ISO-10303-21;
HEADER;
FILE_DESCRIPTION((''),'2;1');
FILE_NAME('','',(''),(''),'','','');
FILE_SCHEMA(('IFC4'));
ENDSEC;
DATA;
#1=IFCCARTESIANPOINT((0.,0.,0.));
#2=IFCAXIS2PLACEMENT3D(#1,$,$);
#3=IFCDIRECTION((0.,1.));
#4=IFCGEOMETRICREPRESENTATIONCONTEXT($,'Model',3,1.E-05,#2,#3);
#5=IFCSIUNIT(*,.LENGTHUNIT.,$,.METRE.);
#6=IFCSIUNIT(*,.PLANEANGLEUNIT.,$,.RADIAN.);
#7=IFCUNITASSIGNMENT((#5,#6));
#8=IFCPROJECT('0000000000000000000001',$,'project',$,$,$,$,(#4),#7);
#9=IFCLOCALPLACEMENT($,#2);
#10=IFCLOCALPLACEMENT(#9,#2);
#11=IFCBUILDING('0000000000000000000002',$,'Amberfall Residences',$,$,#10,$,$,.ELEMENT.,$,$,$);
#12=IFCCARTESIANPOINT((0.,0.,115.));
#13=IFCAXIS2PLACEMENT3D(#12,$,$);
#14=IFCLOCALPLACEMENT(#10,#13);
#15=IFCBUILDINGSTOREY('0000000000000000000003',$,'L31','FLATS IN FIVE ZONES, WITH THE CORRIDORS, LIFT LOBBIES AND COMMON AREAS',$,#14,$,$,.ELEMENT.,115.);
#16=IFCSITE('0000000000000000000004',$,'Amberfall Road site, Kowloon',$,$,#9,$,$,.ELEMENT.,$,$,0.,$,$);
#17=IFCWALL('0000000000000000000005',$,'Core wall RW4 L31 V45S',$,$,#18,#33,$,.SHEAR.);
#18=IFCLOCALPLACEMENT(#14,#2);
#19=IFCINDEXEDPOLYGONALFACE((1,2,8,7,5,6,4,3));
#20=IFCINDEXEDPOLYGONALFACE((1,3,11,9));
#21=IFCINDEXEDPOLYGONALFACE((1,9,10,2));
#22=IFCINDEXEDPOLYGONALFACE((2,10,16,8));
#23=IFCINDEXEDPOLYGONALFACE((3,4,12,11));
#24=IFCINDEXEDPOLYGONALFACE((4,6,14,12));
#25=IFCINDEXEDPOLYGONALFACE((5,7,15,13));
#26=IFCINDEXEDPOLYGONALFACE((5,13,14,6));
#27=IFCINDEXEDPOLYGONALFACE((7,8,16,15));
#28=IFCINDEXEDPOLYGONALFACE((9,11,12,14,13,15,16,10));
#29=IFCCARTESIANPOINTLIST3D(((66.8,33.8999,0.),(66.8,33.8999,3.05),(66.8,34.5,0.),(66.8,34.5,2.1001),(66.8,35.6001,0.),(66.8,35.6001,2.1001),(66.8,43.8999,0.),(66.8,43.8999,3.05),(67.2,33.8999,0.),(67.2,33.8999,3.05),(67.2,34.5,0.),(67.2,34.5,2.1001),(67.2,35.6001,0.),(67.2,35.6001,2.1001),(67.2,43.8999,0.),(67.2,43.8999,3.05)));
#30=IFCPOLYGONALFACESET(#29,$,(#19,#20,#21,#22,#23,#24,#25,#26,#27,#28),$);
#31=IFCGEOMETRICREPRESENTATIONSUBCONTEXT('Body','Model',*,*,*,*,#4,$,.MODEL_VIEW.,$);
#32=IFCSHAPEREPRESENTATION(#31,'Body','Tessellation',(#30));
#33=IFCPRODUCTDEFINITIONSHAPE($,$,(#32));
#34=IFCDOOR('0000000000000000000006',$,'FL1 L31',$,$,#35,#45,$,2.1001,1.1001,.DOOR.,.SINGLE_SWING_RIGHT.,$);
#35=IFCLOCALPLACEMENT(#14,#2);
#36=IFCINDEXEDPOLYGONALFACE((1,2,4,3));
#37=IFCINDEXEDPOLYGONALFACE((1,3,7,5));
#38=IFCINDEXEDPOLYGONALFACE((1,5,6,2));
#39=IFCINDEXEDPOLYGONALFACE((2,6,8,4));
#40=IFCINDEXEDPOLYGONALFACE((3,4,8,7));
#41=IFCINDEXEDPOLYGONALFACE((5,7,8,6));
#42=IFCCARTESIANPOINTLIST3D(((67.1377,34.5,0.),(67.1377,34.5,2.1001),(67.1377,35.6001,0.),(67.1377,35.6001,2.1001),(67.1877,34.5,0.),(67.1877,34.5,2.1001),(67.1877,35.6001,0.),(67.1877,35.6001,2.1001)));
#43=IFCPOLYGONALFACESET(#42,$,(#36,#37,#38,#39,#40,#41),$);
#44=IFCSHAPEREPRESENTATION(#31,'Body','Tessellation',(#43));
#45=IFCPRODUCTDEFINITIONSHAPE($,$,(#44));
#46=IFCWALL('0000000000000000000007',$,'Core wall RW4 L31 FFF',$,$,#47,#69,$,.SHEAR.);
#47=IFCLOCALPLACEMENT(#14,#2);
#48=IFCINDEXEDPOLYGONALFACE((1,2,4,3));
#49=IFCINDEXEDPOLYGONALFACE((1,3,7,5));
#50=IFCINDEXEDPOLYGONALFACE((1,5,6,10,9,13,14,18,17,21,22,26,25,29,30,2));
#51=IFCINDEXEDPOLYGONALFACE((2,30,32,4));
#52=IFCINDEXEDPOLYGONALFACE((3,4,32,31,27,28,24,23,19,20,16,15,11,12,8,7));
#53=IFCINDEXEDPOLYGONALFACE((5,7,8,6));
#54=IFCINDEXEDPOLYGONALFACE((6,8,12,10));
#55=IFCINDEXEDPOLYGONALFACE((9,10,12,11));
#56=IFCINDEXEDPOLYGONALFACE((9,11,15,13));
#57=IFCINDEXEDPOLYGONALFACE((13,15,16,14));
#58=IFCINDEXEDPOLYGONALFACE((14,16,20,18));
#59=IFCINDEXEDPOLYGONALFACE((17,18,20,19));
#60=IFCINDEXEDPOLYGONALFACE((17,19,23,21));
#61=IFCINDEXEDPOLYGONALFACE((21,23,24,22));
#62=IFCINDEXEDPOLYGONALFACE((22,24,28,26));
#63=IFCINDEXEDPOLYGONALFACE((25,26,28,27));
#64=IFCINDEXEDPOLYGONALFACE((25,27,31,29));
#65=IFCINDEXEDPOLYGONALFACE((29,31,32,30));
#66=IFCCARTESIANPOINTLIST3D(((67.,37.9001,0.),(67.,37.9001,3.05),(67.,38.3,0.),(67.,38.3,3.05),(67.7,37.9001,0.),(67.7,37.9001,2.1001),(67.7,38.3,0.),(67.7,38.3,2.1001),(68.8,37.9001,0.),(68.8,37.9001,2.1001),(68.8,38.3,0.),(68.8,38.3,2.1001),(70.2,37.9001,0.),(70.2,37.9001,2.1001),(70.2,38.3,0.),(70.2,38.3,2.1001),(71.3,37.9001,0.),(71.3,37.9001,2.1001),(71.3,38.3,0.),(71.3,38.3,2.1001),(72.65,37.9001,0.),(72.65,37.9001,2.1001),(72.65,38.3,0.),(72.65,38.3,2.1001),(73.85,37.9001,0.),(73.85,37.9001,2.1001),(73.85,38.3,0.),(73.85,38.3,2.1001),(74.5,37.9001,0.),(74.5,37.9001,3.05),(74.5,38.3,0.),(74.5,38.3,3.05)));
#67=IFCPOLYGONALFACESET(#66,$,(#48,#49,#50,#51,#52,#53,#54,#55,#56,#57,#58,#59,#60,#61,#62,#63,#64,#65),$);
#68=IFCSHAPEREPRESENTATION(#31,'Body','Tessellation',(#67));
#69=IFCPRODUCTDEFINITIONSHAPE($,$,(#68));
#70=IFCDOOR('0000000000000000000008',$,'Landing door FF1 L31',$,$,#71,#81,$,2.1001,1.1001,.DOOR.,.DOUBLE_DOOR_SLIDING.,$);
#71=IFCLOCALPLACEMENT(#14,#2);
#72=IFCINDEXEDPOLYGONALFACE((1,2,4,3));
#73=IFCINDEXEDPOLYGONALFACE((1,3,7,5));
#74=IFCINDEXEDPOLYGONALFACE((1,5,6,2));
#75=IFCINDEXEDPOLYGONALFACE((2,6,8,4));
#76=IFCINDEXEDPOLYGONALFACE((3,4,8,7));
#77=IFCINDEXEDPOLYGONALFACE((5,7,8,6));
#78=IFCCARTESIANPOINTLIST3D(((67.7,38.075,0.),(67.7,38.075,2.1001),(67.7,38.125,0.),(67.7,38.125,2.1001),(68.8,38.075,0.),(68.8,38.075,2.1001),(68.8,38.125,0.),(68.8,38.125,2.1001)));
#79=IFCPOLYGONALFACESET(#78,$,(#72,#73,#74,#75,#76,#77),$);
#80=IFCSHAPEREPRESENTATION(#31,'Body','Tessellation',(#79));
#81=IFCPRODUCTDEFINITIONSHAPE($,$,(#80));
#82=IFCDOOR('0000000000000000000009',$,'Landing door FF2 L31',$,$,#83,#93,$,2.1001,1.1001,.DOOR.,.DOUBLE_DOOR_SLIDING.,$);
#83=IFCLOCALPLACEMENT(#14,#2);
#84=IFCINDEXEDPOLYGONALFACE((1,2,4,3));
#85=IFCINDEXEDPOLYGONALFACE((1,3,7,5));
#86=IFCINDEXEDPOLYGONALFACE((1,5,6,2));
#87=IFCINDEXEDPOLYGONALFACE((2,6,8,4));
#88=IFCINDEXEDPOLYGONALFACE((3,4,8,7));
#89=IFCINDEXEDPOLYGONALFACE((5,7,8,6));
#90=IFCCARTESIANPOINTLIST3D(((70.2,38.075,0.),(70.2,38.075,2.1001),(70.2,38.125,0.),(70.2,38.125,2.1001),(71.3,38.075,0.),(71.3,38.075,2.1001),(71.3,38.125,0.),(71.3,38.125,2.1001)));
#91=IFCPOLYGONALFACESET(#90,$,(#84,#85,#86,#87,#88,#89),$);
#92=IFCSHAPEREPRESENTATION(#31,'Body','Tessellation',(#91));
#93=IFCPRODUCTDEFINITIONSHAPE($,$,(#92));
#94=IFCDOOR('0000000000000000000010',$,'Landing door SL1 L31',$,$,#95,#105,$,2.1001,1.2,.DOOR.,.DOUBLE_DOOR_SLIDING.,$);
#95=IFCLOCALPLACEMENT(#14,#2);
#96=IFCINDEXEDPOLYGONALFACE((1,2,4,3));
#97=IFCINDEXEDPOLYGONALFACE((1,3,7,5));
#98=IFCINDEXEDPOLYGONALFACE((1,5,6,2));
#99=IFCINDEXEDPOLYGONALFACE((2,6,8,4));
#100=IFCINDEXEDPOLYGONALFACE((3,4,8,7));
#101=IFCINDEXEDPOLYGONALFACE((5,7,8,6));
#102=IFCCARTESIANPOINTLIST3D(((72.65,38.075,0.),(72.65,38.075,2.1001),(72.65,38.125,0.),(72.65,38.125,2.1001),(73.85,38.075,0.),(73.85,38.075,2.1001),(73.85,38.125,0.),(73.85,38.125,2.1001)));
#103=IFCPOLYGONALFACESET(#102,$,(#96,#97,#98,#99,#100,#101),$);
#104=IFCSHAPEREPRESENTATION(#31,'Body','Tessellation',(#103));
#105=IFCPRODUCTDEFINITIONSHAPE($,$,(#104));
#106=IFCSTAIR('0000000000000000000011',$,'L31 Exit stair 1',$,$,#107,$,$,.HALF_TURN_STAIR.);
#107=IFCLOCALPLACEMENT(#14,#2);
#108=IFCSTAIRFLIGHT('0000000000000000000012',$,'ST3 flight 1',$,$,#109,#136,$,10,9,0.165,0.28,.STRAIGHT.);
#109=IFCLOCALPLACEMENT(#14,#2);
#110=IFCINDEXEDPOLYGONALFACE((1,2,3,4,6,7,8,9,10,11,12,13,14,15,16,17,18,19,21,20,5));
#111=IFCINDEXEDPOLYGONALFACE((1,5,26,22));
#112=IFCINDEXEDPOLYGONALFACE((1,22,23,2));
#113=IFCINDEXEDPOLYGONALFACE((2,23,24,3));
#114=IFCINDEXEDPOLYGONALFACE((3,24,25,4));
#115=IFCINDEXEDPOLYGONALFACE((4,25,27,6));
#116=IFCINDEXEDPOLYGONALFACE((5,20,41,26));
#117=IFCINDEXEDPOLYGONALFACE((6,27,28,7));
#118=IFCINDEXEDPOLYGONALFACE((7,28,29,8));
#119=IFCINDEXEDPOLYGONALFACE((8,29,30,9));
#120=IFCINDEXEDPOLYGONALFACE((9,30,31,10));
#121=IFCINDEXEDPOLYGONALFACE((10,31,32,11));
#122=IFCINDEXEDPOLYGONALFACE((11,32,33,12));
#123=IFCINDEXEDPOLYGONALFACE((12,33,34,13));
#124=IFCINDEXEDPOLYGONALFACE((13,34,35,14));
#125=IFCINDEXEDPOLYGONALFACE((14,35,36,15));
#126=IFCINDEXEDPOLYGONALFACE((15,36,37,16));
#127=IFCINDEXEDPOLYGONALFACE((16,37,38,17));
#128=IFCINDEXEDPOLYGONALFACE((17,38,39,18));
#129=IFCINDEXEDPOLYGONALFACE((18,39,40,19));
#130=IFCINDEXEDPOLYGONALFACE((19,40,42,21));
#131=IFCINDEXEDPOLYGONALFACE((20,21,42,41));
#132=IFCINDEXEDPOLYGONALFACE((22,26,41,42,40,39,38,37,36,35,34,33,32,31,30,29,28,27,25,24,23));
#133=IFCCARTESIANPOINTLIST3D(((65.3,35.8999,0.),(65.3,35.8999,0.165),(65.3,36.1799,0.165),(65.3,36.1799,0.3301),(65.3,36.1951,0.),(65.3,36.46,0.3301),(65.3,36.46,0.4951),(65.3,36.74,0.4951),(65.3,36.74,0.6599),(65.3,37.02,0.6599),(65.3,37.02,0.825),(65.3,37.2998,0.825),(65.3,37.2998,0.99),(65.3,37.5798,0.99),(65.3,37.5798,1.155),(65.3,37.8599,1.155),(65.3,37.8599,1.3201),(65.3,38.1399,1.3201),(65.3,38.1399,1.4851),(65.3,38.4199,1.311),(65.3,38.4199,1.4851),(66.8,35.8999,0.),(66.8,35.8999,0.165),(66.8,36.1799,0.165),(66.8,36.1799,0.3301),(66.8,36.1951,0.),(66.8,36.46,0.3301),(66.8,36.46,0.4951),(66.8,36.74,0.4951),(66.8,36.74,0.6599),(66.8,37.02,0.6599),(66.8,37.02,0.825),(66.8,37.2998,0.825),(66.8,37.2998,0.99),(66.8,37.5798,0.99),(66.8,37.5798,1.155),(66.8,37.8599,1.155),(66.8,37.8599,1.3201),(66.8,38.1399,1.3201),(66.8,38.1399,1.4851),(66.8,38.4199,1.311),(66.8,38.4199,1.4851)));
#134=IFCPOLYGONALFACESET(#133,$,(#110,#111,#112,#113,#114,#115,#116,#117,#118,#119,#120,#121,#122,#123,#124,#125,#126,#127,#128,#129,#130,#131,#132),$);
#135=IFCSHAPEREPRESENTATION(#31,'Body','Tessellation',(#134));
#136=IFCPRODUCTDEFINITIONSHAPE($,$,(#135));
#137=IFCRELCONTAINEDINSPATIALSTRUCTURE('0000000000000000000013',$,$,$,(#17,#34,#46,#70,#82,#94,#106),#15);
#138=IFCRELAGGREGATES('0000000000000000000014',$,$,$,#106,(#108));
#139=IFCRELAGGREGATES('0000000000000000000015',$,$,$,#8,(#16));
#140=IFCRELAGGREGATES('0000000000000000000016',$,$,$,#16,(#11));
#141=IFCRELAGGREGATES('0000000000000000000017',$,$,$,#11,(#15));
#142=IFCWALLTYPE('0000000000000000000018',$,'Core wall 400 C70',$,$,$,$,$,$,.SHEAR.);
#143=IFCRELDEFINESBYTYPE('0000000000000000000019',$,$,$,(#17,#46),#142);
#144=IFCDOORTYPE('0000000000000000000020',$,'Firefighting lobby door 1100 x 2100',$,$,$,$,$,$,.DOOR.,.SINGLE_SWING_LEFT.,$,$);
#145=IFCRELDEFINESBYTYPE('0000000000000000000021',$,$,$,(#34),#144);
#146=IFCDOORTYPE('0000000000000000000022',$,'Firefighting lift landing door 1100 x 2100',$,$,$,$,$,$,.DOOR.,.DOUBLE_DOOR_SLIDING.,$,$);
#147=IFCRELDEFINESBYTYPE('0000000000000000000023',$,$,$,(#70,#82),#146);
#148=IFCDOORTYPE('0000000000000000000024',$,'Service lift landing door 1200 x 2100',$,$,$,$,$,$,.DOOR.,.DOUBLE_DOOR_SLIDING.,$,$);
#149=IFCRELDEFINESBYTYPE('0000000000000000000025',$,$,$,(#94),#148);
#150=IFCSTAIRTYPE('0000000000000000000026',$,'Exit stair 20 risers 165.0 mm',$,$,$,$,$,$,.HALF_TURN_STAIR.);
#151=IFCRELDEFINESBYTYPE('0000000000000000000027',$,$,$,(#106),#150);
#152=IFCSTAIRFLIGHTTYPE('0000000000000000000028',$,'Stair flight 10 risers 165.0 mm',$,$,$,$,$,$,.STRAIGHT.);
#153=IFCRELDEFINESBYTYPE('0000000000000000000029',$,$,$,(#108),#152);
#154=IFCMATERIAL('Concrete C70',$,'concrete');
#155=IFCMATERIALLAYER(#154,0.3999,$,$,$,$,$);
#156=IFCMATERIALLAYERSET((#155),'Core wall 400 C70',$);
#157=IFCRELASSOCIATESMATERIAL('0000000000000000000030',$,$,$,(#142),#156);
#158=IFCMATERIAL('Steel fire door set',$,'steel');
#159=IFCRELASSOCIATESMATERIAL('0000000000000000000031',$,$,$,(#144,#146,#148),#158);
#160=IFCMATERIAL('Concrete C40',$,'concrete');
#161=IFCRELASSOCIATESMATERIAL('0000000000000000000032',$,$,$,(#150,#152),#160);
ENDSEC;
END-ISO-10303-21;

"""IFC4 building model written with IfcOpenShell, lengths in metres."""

from ifc_helpers import new_model, si_unit, direction, frame, frame_2d, origin, place, context, subcontext, project, spatial, polyline, rectangle, outline, extrude, material, layer, layer_set, type_object, element, fill, aggregate, save


model = new_model("IFC4")

# Units and contexts
model_context = context("Model", 3, precision=1e-05, world=origin(), true_north=direction((0.0, 1.0)))
body_context = subcontext(model_context, "Body", "Model", "MODEL_VIEW")
ifc_project = project(units=[si_unit("LENGTHUNIT", "METRE"), si_unit("PLANEANGLEUNIT", "RADIAN")], contexts=[model_context])

# Site, building, storey
site_placement = place(None, origin())
site = spatial("IfcSite", under=ifc_project, at=site_placement, Name="Amberfall Road site, Kowloon", CompositionType="ELEMENT", RefElevation=0.0)
building_placement = place(site_placement, origin())
building = spatial("IfcBuilding", under=site, at=building_placement, Name="Amberfall Residences", CompositionType="ELEMENT")
storey_placement = place(building_placement, frame((0.0, 0.0, 115.0)))
storey = spatial("IfcBuildingStorey", under=building, at=storey_placement, Name="L31", Description="FLATS IN FIVE ZONES, WITH THE CORRIDORS, LIFT LOBBIES AND COMMON AREAS", CompositionType="ELEMENT", Elevation=115.0)

# Wall, opening, door
ifc_material_1 = material(Name="Concrete C70", Category="concrete")
ifc_layer = layer(ifc_material_1, 0.3999)
ifc_layer_set = layer_set([ifc_layer], Name="Core wall 400 C70")
wall_type = type_object("IfcWallType", Name="Core wall 400 C70", PredefinedType="SHEAR", material=ifc_layer_set)
wall_1_placement = place(storey_placement, frame((67.0, 33.8999, 0.0), z_axis=(0.0, 0.0, 1.0), x_axis=(0.0, 1.0, 0.0)))
wall_1 = element("IfcWall", 1, at=wall_1_placement, inside=storey, type_object=wall_type, Name="Core wall RW4 L31 V45S", PredefinedType="SHEAR", context=body_context, shape_type="SweptSolid", body=[
    extrude(rectangle(XDim=10.0, YDim=0.3999, at=frame_2d((5.0, 0.0))), origin(), (0.0, 0.0, 1.0), 3.05),
])
opening_1_placement = place(wall_1_placement, frame((0.6001, 0.0, 0.0)))
opening_1 = element("IfcOpeningElement", 2, at=opening_1_placement, cuts=wall_1, PredefinedType="OPENING", context=body_context, shape_type="SweptSolid", body=[
    extrude(rectangle(XDim=1.1001, YDim=2.1001, at=frame_2d((0.55, 1.05))), frame((0.0, 0.21, 0.0), z_axis=(0.0, -1.0, 0.0), x_axis=(1.0, 0.0, 0.0)), (0.0, 0.0, 1.0), 0.4199),
])
ifc_material_2 = material(Name="Steel fire door set", Category="steel")
door_type_1 = type_object("IfcDoorType", Name="Firefighting lobby door 1100 x 2100", OperationType="SINGLE_SWING_LEFT", PredefinedType="DOOR", material=ifc_material_2)
door_1_placement = place(opening_1_placement, origin())
door_1 = element("IfcDoor", 3, at=door_1_placement, inside=storey, type_object=door_type_1, Name="FL1 L31", OperationType="SINGLE_SWING_RIGHT", OverallHeight=2.1001, OverallWidth=1.1001, PredefinedType="DOOR", context=body_context, shape_type="SweptSolid", body=[
    extrude(rectangle(XDim=1.1001, YDim=2.1001, at=frame_2d((0.55, 1.05))), frame((0.0, -0.1377, 0.0), z_axis=(0.0, -1.0, 0.0), x_axis=(1.0, 0.0, 0.0)), (0.0, 0.0, 1.0), 0.05),
])
fill(opening_1, door_1)

# Wall, openings, doors
wall_2_placement = place(storey_placement, frame((67.0, 38.1001, 0.0), z_axis=(0.0, 0.0, 1.0), x_axis=(1.0, 0.0, 0.0)))
wall_2 = element("IfcWall", 4, at=wall_2_placement, inside=storey, type_object=wall_type, Name="Core wall RW4 L31 FFF", PredefinedType="SHEAR", context=body_context, shape_type="SweptSolid", body=[
    extrude(rectangle(XDim=7.5, YDim=0.3999, at=frame_2d((3.75, 0.0))), origin(), (0.0, 0.0, 1.0), 3.05),
])
opening_2_placement = place(wall_2_placement, frame((0.7, 0.0, 0.0)))
opening_2 = element("IfcOpeningElement", 5, at=opening_2_placement, cuts=wall_2, PredefinedType="OPENING", context=body_context, shape_type="SweptSolid", body=[
    extrude(rectangle(XDim=1.1001, YDim=2.1001, at=frame_2d((0.55, 1.05))), frame((0.0, 0.21, 0.0), z_axis=(0.0, -1.0, 0.0), x_axis=(1.0, 0.0, 0.0)), (0.0, 0.0, 1.0), 0.4199),
])
opening_3_placement = place(wall_2_placement, frame((3.2, 0.0, 0.0)))
opening_3 = element("IfcOpeningElement", 6, at=opening_3_placement, cuts=wall_2, PredefinedType="OPENING", context=body_context, shape_type="SweptSolid", body=[
    extrude(rectangle(XDim=1.1001, YDim=2.1001, at=frame_2d((0.55, 1.05))), frame((0.0, 0.21, 0.0), z_axis=(0.0, -1.0, 0.0), x_axis=(1.0, 0.0, 0.0)), (0.0, 0.0, 1.0), 0.4199),
])
opening_4_placement = place(wall_2_placement, frame((5.6499, 0.0, 0.0)))
opening_4 = element("IfcOpeningElement", 7, at=opening_4_placement, cuts=wall_2, PredefinedType="OPENING", context=body_context, shape_type="SweptSolid", body=[
    extrude(rectangle(XDim=1.2, YDim=2.1001, at=frame_2d((0.6001, 1.05))), frame((0.0, 0.21, 0.0), z_axis=(0.0, -1.0, 0.0), x_axis=(1.0, 0.0, 0.0)), (0.0, 0.0, 1.0), 0.4199),
])
door_type_2 = type_object("IfcDoorType", Name="Firefighting lift landing door 1100 x 2100", OperationType="DOUBLE_DOOR_SLIDING", PredefinedType="DOOR", material=ifc_material_2)
door_2_placement = place(opening_2_placement, origin())
door_2 = element("IfcDoor", 8, at=door_2_placement, inside=storey, type_object=door_type_2, Name="Landing door FF1 L31", OperationType="DOUBLE_DOOR_SLIDING", OverallHeight=2.1001, OverallWidth=1.1001, PredefinedType="DOOR", context=body_context, shape_type="SweptSolid", body=[
    extrude(rectangle(XDim=1.1001, YDim=2.1001, at=frame_2d((0.55, 1.05))), frame((0.0, 0.0249, 0.0), z_axis=(0.0, -1.0, 0.0), x_axis=(1.0, 0.0, 0.0)), (0.0, 0.0, 1.0), 0.05),
])
fill(opening_2, door_2)
door_3_placement = place(opening_3_placement, origin())
door_3 = element("IfcDoor", 9, at=door_3_placement, inside=storey, type_object=door_type_2, Name="Landing door FF2 L31", OperationType="DOUBLE_DOOR_SLIDING", OverallHeight=2.1001, OverallWidth=1.1001, PredefinedType="DOOR", context=body_context, shape_type="SweptSolid", body=[
    extrude(rectangle(XDim=1.1001, YDim=2.1001, at=frame_2d((0.55, 1.05))), frame((0.0, 0.0249, 0.0), z_axis=(0.0, -1.0, 0.0), x_axis=(1.0, 0.0, 0.0)), (0.0, 0.0, 1.0), 0.05),
])
fill(opening_3, door_3)
door_type_3 = type_object("IfcDoorType", Name="Service lift landing door 1200 x 2100", OperationType="DOUBLE_DOOR_SLIDING", PredefinedType="DOOR", material=ifc_material_2)
door_4_placement = place(opening_4_placement, origin())
door_4 = element("IfcDoor", 10, at=door_4_placement, inside=storey, type_object=door_type_3, Name="Landing door SL1 L31", OperationType="DOUBLE_DOOR_SLIDING", OverallHeight=2.1001, OverallWidth=1.2, PredefinedType="DOOR", context=body_context, shape_type="SweptSolid", body=[
    extrude(rectangle(XDim=1.2, YDim=2.1001, at=frame_2d((0.6001, 1.05))), frame((0.0, 0.0249, 0.0), z_axis=(0.0, -1.0, 0.0), x_axis=(1.0, 0.0, 0.0)), (0.0, 0.0, 1.0), 0.05),
])
fill(opening_4, door_4)

# Stair, stair flight
ifc_material_3 = material(Name="Concrete C40", Category="concrete")
stair_type = type_object("IfcStairType", Name="Exit stair 20 risers 165.0 mm", PredefinedType="HALF_TURN_STAIR", material=ifc_material_3)
stair_placement = place(storey_placement, origin())
stair = element("IfcStair", 11, at=stair_placement, inside=storey, type_object=stair_type, Name="L31 Exit stair 1", PredefinedType="HALF_TURN_STAIR")
stair_flight_type = type_object("IfcStairFlightType", Name="Stair flight 10 risers 165.0 mm", PredefinedType="STRAIGHT", material=ifc_material_3)
stair_flight_placement = place(storey_placement, frame((66.05, 35.8999, 0.0), z_axis=(0.0, 0.0, 1.0), x_axis=(0.0, 1.0, 0.0)))
stair_flight = element("IfcStairFlight", 12, at=stair_flight_placement, type_object=stair_flight_type, Name="ST3 flight 1", NumberOfRisers=10, NumberOfTreads=9, PredefinedType="STRAIGHT", RiserHeight=0.165, TreadLength=0.28, context=body_context, shape_type="SweptSolid", body=[
    extrude(outline(polyline([(0.0, 0.0), (0.0, 0.165), (0.28, 0.165), (0.28, 0.3301), (0.5601, 0.3301), (0.5601, 0.4951), (0.8401, 0.4951), (0.8401, 0.6599), (1.1201, 0.6599), (1.1201, 0.825), (1.3999, 0.825), (1.3999, 0.99), (1.6799, 0.99), (1.6799, 1.155), (1.96, 1.155), (1.96, 1.3201), (2.24, 1.3201), (2.24, 1.4851), (2.52, 1.4851), (2.52, 1.6499), (2.52, 1.311), (0.2952, 0.0), (0.0, 0.0)])), frame((0.0, 0.75, 0.0), z_axis=(0.0, -1.0, 0.0), x_axis=(1.0, 0.0, 0.0)), (0.0, 0.0, 1.0), 1.5),
])
aggregate(stair, [stair_flight])

save(model, "model.ifc")
